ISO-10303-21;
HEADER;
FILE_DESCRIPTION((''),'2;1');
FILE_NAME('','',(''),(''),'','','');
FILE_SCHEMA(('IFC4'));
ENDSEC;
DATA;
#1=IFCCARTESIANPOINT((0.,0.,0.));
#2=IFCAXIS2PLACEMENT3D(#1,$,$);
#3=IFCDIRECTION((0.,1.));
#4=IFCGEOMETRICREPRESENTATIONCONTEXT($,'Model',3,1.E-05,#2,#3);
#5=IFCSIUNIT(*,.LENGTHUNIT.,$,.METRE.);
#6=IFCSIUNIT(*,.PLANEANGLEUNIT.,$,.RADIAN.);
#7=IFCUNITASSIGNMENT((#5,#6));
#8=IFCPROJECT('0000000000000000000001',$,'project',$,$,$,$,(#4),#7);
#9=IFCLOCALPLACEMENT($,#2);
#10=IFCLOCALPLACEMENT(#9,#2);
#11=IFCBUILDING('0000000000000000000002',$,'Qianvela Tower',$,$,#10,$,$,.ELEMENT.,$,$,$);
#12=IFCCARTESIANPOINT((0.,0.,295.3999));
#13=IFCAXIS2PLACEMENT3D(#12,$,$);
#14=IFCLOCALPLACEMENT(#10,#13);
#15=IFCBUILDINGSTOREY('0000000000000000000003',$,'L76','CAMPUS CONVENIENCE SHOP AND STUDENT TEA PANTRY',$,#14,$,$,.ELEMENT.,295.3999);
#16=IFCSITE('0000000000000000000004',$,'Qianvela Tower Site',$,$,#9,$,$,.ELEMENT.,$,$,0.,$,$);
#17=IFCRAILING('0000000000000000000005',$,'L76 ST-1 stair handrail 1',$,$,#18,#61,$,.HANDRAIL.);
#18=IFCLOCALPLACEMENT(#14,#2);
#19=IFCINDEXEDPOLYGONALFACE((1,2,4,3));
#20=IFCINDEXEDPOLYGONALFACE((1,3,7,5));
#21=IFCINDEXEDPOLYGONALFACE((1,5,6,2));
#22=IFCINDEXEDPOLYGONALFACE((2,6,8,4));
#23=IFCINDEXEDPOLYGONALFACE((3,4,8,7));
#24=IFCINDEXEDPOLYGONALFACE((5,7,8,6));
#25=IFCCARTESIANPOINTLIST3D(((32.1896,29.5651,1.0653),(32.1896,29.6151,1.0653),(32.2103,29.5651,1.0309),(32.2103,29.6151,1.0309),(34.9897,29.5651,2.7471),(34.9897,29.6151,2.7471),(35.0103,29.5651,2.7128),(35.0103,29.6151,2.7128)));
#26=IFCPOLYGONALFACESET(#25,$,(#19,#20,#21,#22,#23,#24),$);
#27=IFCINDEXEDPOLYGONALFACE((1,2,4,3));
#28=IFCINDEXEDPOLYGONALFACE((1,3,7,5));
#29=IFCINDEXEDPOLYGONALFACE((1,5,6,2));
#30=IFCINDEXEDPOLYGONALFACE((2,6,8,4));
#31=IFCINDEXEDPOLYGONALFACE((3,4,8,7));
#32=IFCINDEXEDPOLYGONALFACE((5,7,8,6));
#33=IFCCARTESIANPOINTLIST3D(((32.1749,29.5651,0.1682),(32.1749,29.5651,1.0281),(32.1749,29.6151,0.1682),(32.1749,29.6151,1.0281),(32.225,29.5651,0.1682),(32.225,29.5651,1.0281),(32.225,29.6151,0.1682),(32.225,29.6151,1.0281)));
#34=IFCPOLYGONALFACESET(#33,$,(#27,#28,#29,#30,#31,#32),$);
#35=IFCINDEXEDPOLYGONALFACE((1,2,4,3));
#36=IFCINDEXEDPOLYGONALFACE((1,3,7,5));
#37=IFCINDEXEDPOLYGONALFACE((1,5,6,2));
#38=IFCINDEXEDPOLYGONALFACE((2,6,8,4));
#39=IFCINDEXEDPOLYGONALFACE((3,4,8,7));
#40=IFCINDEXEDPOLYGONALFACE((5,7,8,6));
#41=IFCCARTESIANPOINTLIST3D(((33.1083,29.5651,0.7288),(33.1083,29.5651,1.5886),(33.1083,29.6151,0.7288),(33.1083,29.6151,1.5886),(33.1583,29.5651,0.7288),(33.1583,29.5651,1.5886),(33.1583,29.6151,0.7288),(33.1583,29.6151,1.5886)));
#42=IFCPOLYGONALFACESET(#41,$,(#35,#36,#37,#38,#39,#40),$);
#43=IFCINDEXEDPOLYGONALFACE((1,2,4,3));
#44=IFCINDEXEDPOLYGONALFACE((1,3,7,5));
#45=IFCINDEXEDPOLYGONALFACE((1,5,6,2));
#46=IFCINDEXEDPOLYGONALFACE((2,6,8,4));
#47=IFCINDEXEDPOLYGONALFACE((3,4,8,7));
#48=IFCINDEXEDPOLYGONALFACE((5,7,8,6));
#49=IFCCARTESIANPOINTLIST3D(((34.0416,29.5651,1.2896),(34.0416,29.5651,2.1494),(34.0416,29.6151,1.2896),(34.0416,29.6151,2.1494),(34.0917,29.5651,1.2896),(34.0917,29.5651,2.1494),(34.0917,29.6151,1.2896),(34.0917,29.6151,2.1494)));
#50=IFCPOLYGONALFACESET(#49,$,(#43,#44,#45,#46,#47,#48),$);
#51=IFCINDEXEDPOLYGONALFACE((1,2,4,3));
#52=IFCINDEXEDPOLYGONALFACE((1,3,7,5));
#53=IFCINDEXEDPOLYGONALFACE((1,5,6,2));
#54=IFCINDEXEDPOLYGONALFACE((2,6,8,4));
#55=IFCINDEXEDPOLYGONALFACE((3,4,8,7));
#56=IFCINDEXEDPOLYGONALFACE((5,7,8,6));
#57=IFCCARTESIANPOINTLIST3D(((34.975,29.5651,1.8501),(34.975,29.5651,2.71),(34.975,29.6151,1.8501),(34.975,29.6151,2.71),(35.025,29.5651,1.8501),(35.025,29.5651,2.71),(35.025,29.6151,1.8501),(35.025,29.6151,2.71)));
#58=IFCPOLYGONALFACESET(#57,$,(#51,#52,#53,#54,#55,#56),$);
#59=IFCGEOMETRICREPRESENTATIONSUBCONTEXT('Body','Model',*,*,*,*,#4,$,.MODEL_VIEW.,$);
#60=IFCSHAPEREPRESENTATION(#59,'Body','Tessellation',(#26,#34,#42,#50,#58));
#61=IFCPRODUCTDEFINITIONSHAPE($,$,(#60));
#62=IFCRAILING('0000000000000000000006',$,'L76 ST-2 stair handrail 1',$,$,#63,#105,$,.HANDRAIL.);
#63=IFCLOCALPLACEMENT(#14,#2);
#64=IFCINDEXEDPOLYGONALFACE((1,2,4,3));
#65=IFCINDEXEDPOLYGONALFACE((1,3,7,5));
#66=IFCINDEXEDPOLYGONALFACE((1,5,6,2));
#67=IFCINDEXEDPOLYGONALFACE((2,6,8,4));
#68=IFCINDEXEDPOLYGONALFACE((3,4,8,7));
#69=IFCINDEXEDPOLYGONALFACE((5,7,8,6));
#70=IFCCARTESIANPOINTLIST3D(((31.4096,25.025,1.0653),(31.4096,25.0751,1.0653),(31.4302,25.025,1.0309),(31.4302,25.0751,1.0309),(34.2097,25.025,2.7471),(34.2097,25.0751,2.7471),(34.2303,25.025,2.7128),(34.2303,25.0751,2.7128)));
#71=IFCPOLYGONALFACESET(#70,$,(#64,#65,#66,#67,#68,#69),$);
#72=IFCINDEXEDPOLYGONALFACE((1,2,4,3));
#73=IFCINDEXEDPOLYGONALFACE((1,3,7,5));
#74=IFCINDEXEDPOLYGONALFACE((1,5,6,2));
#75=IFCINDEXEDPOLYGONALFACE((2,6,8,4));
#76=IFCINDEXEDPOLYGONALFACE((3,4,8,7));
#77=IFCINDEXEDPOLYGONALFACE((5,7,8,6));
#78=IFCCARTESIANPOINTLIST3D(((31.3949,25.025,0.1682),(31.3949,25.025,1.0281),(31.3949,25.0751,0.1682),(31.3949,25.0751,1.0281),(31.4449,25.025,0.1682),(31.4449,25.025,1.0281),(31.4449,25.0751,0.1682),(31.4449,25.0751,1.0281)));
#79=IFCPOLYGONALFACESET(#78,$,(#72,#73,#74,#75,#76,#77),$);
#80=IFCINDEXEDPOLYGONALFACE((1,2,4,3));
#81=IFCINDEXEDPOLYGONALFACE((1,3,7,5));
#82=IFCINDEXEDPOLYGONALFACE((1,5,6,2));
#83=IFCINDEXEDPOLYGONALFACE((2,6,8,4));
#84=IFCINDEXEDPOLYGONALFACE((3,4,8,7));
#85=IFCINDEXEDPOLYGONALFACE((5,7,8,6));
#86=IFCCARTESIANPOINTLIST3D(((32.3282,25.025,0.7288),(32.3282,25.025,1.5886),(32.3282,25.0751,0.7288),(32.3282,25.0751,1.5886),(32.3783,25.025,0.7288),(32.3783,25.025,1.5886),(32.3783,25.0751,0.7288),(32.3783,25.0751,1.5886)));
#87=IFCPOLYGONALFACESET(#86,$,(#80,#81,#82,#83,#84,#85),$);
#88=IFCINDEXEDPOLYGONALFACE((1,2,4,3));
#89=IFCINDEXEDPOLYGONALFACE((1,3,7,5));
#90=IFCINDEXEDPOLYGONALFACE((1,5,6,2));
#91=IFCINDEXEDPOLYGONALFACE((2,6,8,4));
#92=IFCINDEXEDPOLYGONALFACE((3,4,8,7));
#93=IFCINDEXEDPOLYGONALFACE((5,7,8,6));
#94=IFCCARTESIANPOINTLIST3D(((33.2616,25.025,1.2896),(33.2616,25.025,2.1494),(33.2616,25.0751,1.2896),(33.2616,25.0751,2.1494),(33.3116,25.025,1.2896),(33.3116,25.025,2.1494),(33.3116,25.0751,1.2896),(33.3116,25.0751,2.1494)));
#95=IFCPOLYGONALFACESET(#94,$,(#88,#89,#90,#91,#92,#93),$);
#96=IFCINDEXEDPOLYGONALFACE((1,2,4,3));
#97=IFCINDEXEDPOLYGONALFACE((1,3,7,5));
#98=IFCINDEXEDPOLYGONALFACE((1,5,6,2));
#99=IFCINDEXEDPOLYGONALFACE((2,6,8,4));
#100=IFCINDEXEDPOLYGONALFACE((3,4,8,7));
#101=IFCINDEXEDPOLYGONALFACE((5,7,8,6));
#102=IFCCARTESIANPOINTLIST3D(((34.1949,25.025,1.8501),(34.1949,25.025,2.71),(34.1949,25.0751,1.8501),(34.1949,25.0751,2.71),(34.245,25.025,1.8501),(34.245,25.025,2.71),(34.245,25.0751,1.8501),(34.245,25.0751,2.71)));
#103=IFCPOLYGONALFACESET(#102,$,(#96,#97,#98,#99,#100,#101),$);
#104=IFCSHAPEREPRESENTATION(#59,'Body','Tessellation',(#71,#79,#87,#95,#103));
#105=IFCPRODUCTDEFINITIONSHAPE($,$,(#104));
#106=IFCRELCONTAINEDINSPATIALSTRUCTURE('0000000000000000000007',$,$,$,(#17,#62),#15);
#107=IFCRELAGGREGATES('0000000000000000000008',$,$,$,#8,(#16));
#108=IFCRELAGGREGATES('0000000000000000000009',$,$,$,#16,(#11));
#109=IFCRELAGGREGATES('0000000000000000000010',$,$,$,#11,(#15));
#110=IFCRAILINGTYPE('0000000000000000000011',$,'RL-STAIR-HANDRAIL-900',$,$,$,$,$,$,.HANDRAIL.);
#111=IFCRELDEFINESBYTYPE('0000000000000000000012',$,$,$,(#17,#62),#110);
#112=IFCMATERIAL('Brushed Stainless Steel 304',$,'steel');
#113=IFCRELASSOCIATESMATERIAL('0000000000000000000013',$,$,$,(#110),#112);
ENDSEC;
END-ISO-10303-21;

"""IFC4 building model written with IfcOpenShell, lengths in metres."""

from ifc_helpers import new_model, si_unit, direction, frame, origin, origin_2d, place, context, subcontext, project, spatial, rectangle, extrude, material, type_object, element, save


model = new_model("IFC4")

# Units and contexts
model_context = context("Model", 3, precision=1e-05, world=origin(), true_north=direction((0.0, 1.0)))
body_context = subcontext(model_context, "Body", "Model", "MODEL_VIEW")
ifc_project = project(units=[si_unit("LENGTHUNIT", "METRE"), si_unit("PLANEANGLEUNIT", "RADIAN")], contexts=[model_context])

# Site, building, storey
site_placement = place(None, origin())
site = spatial("IfcSite", under=ifc_project, at=site_placement, Name="Qianvela Tower Site", CompositionType="ELEMENT", RefElevation=0.0)
building_placement = place(site_placement, origin())
building = spatial("IfcBuilding", under=site, at=building_placement, Name="Qianvela Tower", CompositionType="ELEMENT")
storey_placement = place(building_placement, frame((0.0, 0.0, 295.3999)))
storey = spatial("IfcBuildingStorey", under=building, at=storey_placement, Name="L76", Description="CAMPUS CONVENIENCE SHOP AND STUDENT TEA PANTRY", CompositionType="ELEMENT", Elevation=295.3999)

# Railings
ifc_material_1 = material(Name="Brushed Stainless Steel 304", Category="steel")
railing_type_1 = type_object("IfcRailingType", Name="RL-STAIR-HANDRAIL-900", PredefinedType="HANDRAIL", material=ifc_material_1)
for number, where, name in (
    (1, (32.2, 29.5901, 0.1682), "L76 ST-1 stair handrail 1"),
    (2, (31.4199, 25.05, 0.1682), "L76 ST-2 stair handrail 1"),
):
    element("IfcRailing", number, at=place(storey_placement, frame(where)), inside=storey, type_object=railing_type_1, Name=name, PredefinedType="HANDRAIL", context=body_context, shape_type="SweptSolid", body=[
        extrude(rectangle(XDim=0.05, YDim=0.04, at=origin_2d()), frame((0.0, 0.0, 0.8799), z_axis=(0.857242, 0.0, 0.514913), x_axis=(0.0, 1.0, 0.0)), (0.0, 0.0, 1.0), 3.2664),
        extrude(rectangle(XDim=0.05, YDim=0.05, at=origin_2d()), origin(), (0.0, 0.0, 1.0), 0.8599),
        extrude(rectangle(XDim=0.05, YDim=0.05, at=origin_2d()), frame((0.9333, 0.0, 0.5605)), (0.0, 0.0, 1.0), 0.8599),
        extrude(rectangle(XDim=0.05, YDim=0.05, at=origin_2d()), frame((1.8667, 0.0, 1.1213)), (0.0, 0.0, 1.0), 0.8599),
        extrude(rectangle(XDim=0.05, YDim=0.05, at=origin_2d()), frame((2.8, 0.0, 1.6819)), (0.0, 0.0, 1.0), 0.8599),
    ])

save(model, "model.ifc")
